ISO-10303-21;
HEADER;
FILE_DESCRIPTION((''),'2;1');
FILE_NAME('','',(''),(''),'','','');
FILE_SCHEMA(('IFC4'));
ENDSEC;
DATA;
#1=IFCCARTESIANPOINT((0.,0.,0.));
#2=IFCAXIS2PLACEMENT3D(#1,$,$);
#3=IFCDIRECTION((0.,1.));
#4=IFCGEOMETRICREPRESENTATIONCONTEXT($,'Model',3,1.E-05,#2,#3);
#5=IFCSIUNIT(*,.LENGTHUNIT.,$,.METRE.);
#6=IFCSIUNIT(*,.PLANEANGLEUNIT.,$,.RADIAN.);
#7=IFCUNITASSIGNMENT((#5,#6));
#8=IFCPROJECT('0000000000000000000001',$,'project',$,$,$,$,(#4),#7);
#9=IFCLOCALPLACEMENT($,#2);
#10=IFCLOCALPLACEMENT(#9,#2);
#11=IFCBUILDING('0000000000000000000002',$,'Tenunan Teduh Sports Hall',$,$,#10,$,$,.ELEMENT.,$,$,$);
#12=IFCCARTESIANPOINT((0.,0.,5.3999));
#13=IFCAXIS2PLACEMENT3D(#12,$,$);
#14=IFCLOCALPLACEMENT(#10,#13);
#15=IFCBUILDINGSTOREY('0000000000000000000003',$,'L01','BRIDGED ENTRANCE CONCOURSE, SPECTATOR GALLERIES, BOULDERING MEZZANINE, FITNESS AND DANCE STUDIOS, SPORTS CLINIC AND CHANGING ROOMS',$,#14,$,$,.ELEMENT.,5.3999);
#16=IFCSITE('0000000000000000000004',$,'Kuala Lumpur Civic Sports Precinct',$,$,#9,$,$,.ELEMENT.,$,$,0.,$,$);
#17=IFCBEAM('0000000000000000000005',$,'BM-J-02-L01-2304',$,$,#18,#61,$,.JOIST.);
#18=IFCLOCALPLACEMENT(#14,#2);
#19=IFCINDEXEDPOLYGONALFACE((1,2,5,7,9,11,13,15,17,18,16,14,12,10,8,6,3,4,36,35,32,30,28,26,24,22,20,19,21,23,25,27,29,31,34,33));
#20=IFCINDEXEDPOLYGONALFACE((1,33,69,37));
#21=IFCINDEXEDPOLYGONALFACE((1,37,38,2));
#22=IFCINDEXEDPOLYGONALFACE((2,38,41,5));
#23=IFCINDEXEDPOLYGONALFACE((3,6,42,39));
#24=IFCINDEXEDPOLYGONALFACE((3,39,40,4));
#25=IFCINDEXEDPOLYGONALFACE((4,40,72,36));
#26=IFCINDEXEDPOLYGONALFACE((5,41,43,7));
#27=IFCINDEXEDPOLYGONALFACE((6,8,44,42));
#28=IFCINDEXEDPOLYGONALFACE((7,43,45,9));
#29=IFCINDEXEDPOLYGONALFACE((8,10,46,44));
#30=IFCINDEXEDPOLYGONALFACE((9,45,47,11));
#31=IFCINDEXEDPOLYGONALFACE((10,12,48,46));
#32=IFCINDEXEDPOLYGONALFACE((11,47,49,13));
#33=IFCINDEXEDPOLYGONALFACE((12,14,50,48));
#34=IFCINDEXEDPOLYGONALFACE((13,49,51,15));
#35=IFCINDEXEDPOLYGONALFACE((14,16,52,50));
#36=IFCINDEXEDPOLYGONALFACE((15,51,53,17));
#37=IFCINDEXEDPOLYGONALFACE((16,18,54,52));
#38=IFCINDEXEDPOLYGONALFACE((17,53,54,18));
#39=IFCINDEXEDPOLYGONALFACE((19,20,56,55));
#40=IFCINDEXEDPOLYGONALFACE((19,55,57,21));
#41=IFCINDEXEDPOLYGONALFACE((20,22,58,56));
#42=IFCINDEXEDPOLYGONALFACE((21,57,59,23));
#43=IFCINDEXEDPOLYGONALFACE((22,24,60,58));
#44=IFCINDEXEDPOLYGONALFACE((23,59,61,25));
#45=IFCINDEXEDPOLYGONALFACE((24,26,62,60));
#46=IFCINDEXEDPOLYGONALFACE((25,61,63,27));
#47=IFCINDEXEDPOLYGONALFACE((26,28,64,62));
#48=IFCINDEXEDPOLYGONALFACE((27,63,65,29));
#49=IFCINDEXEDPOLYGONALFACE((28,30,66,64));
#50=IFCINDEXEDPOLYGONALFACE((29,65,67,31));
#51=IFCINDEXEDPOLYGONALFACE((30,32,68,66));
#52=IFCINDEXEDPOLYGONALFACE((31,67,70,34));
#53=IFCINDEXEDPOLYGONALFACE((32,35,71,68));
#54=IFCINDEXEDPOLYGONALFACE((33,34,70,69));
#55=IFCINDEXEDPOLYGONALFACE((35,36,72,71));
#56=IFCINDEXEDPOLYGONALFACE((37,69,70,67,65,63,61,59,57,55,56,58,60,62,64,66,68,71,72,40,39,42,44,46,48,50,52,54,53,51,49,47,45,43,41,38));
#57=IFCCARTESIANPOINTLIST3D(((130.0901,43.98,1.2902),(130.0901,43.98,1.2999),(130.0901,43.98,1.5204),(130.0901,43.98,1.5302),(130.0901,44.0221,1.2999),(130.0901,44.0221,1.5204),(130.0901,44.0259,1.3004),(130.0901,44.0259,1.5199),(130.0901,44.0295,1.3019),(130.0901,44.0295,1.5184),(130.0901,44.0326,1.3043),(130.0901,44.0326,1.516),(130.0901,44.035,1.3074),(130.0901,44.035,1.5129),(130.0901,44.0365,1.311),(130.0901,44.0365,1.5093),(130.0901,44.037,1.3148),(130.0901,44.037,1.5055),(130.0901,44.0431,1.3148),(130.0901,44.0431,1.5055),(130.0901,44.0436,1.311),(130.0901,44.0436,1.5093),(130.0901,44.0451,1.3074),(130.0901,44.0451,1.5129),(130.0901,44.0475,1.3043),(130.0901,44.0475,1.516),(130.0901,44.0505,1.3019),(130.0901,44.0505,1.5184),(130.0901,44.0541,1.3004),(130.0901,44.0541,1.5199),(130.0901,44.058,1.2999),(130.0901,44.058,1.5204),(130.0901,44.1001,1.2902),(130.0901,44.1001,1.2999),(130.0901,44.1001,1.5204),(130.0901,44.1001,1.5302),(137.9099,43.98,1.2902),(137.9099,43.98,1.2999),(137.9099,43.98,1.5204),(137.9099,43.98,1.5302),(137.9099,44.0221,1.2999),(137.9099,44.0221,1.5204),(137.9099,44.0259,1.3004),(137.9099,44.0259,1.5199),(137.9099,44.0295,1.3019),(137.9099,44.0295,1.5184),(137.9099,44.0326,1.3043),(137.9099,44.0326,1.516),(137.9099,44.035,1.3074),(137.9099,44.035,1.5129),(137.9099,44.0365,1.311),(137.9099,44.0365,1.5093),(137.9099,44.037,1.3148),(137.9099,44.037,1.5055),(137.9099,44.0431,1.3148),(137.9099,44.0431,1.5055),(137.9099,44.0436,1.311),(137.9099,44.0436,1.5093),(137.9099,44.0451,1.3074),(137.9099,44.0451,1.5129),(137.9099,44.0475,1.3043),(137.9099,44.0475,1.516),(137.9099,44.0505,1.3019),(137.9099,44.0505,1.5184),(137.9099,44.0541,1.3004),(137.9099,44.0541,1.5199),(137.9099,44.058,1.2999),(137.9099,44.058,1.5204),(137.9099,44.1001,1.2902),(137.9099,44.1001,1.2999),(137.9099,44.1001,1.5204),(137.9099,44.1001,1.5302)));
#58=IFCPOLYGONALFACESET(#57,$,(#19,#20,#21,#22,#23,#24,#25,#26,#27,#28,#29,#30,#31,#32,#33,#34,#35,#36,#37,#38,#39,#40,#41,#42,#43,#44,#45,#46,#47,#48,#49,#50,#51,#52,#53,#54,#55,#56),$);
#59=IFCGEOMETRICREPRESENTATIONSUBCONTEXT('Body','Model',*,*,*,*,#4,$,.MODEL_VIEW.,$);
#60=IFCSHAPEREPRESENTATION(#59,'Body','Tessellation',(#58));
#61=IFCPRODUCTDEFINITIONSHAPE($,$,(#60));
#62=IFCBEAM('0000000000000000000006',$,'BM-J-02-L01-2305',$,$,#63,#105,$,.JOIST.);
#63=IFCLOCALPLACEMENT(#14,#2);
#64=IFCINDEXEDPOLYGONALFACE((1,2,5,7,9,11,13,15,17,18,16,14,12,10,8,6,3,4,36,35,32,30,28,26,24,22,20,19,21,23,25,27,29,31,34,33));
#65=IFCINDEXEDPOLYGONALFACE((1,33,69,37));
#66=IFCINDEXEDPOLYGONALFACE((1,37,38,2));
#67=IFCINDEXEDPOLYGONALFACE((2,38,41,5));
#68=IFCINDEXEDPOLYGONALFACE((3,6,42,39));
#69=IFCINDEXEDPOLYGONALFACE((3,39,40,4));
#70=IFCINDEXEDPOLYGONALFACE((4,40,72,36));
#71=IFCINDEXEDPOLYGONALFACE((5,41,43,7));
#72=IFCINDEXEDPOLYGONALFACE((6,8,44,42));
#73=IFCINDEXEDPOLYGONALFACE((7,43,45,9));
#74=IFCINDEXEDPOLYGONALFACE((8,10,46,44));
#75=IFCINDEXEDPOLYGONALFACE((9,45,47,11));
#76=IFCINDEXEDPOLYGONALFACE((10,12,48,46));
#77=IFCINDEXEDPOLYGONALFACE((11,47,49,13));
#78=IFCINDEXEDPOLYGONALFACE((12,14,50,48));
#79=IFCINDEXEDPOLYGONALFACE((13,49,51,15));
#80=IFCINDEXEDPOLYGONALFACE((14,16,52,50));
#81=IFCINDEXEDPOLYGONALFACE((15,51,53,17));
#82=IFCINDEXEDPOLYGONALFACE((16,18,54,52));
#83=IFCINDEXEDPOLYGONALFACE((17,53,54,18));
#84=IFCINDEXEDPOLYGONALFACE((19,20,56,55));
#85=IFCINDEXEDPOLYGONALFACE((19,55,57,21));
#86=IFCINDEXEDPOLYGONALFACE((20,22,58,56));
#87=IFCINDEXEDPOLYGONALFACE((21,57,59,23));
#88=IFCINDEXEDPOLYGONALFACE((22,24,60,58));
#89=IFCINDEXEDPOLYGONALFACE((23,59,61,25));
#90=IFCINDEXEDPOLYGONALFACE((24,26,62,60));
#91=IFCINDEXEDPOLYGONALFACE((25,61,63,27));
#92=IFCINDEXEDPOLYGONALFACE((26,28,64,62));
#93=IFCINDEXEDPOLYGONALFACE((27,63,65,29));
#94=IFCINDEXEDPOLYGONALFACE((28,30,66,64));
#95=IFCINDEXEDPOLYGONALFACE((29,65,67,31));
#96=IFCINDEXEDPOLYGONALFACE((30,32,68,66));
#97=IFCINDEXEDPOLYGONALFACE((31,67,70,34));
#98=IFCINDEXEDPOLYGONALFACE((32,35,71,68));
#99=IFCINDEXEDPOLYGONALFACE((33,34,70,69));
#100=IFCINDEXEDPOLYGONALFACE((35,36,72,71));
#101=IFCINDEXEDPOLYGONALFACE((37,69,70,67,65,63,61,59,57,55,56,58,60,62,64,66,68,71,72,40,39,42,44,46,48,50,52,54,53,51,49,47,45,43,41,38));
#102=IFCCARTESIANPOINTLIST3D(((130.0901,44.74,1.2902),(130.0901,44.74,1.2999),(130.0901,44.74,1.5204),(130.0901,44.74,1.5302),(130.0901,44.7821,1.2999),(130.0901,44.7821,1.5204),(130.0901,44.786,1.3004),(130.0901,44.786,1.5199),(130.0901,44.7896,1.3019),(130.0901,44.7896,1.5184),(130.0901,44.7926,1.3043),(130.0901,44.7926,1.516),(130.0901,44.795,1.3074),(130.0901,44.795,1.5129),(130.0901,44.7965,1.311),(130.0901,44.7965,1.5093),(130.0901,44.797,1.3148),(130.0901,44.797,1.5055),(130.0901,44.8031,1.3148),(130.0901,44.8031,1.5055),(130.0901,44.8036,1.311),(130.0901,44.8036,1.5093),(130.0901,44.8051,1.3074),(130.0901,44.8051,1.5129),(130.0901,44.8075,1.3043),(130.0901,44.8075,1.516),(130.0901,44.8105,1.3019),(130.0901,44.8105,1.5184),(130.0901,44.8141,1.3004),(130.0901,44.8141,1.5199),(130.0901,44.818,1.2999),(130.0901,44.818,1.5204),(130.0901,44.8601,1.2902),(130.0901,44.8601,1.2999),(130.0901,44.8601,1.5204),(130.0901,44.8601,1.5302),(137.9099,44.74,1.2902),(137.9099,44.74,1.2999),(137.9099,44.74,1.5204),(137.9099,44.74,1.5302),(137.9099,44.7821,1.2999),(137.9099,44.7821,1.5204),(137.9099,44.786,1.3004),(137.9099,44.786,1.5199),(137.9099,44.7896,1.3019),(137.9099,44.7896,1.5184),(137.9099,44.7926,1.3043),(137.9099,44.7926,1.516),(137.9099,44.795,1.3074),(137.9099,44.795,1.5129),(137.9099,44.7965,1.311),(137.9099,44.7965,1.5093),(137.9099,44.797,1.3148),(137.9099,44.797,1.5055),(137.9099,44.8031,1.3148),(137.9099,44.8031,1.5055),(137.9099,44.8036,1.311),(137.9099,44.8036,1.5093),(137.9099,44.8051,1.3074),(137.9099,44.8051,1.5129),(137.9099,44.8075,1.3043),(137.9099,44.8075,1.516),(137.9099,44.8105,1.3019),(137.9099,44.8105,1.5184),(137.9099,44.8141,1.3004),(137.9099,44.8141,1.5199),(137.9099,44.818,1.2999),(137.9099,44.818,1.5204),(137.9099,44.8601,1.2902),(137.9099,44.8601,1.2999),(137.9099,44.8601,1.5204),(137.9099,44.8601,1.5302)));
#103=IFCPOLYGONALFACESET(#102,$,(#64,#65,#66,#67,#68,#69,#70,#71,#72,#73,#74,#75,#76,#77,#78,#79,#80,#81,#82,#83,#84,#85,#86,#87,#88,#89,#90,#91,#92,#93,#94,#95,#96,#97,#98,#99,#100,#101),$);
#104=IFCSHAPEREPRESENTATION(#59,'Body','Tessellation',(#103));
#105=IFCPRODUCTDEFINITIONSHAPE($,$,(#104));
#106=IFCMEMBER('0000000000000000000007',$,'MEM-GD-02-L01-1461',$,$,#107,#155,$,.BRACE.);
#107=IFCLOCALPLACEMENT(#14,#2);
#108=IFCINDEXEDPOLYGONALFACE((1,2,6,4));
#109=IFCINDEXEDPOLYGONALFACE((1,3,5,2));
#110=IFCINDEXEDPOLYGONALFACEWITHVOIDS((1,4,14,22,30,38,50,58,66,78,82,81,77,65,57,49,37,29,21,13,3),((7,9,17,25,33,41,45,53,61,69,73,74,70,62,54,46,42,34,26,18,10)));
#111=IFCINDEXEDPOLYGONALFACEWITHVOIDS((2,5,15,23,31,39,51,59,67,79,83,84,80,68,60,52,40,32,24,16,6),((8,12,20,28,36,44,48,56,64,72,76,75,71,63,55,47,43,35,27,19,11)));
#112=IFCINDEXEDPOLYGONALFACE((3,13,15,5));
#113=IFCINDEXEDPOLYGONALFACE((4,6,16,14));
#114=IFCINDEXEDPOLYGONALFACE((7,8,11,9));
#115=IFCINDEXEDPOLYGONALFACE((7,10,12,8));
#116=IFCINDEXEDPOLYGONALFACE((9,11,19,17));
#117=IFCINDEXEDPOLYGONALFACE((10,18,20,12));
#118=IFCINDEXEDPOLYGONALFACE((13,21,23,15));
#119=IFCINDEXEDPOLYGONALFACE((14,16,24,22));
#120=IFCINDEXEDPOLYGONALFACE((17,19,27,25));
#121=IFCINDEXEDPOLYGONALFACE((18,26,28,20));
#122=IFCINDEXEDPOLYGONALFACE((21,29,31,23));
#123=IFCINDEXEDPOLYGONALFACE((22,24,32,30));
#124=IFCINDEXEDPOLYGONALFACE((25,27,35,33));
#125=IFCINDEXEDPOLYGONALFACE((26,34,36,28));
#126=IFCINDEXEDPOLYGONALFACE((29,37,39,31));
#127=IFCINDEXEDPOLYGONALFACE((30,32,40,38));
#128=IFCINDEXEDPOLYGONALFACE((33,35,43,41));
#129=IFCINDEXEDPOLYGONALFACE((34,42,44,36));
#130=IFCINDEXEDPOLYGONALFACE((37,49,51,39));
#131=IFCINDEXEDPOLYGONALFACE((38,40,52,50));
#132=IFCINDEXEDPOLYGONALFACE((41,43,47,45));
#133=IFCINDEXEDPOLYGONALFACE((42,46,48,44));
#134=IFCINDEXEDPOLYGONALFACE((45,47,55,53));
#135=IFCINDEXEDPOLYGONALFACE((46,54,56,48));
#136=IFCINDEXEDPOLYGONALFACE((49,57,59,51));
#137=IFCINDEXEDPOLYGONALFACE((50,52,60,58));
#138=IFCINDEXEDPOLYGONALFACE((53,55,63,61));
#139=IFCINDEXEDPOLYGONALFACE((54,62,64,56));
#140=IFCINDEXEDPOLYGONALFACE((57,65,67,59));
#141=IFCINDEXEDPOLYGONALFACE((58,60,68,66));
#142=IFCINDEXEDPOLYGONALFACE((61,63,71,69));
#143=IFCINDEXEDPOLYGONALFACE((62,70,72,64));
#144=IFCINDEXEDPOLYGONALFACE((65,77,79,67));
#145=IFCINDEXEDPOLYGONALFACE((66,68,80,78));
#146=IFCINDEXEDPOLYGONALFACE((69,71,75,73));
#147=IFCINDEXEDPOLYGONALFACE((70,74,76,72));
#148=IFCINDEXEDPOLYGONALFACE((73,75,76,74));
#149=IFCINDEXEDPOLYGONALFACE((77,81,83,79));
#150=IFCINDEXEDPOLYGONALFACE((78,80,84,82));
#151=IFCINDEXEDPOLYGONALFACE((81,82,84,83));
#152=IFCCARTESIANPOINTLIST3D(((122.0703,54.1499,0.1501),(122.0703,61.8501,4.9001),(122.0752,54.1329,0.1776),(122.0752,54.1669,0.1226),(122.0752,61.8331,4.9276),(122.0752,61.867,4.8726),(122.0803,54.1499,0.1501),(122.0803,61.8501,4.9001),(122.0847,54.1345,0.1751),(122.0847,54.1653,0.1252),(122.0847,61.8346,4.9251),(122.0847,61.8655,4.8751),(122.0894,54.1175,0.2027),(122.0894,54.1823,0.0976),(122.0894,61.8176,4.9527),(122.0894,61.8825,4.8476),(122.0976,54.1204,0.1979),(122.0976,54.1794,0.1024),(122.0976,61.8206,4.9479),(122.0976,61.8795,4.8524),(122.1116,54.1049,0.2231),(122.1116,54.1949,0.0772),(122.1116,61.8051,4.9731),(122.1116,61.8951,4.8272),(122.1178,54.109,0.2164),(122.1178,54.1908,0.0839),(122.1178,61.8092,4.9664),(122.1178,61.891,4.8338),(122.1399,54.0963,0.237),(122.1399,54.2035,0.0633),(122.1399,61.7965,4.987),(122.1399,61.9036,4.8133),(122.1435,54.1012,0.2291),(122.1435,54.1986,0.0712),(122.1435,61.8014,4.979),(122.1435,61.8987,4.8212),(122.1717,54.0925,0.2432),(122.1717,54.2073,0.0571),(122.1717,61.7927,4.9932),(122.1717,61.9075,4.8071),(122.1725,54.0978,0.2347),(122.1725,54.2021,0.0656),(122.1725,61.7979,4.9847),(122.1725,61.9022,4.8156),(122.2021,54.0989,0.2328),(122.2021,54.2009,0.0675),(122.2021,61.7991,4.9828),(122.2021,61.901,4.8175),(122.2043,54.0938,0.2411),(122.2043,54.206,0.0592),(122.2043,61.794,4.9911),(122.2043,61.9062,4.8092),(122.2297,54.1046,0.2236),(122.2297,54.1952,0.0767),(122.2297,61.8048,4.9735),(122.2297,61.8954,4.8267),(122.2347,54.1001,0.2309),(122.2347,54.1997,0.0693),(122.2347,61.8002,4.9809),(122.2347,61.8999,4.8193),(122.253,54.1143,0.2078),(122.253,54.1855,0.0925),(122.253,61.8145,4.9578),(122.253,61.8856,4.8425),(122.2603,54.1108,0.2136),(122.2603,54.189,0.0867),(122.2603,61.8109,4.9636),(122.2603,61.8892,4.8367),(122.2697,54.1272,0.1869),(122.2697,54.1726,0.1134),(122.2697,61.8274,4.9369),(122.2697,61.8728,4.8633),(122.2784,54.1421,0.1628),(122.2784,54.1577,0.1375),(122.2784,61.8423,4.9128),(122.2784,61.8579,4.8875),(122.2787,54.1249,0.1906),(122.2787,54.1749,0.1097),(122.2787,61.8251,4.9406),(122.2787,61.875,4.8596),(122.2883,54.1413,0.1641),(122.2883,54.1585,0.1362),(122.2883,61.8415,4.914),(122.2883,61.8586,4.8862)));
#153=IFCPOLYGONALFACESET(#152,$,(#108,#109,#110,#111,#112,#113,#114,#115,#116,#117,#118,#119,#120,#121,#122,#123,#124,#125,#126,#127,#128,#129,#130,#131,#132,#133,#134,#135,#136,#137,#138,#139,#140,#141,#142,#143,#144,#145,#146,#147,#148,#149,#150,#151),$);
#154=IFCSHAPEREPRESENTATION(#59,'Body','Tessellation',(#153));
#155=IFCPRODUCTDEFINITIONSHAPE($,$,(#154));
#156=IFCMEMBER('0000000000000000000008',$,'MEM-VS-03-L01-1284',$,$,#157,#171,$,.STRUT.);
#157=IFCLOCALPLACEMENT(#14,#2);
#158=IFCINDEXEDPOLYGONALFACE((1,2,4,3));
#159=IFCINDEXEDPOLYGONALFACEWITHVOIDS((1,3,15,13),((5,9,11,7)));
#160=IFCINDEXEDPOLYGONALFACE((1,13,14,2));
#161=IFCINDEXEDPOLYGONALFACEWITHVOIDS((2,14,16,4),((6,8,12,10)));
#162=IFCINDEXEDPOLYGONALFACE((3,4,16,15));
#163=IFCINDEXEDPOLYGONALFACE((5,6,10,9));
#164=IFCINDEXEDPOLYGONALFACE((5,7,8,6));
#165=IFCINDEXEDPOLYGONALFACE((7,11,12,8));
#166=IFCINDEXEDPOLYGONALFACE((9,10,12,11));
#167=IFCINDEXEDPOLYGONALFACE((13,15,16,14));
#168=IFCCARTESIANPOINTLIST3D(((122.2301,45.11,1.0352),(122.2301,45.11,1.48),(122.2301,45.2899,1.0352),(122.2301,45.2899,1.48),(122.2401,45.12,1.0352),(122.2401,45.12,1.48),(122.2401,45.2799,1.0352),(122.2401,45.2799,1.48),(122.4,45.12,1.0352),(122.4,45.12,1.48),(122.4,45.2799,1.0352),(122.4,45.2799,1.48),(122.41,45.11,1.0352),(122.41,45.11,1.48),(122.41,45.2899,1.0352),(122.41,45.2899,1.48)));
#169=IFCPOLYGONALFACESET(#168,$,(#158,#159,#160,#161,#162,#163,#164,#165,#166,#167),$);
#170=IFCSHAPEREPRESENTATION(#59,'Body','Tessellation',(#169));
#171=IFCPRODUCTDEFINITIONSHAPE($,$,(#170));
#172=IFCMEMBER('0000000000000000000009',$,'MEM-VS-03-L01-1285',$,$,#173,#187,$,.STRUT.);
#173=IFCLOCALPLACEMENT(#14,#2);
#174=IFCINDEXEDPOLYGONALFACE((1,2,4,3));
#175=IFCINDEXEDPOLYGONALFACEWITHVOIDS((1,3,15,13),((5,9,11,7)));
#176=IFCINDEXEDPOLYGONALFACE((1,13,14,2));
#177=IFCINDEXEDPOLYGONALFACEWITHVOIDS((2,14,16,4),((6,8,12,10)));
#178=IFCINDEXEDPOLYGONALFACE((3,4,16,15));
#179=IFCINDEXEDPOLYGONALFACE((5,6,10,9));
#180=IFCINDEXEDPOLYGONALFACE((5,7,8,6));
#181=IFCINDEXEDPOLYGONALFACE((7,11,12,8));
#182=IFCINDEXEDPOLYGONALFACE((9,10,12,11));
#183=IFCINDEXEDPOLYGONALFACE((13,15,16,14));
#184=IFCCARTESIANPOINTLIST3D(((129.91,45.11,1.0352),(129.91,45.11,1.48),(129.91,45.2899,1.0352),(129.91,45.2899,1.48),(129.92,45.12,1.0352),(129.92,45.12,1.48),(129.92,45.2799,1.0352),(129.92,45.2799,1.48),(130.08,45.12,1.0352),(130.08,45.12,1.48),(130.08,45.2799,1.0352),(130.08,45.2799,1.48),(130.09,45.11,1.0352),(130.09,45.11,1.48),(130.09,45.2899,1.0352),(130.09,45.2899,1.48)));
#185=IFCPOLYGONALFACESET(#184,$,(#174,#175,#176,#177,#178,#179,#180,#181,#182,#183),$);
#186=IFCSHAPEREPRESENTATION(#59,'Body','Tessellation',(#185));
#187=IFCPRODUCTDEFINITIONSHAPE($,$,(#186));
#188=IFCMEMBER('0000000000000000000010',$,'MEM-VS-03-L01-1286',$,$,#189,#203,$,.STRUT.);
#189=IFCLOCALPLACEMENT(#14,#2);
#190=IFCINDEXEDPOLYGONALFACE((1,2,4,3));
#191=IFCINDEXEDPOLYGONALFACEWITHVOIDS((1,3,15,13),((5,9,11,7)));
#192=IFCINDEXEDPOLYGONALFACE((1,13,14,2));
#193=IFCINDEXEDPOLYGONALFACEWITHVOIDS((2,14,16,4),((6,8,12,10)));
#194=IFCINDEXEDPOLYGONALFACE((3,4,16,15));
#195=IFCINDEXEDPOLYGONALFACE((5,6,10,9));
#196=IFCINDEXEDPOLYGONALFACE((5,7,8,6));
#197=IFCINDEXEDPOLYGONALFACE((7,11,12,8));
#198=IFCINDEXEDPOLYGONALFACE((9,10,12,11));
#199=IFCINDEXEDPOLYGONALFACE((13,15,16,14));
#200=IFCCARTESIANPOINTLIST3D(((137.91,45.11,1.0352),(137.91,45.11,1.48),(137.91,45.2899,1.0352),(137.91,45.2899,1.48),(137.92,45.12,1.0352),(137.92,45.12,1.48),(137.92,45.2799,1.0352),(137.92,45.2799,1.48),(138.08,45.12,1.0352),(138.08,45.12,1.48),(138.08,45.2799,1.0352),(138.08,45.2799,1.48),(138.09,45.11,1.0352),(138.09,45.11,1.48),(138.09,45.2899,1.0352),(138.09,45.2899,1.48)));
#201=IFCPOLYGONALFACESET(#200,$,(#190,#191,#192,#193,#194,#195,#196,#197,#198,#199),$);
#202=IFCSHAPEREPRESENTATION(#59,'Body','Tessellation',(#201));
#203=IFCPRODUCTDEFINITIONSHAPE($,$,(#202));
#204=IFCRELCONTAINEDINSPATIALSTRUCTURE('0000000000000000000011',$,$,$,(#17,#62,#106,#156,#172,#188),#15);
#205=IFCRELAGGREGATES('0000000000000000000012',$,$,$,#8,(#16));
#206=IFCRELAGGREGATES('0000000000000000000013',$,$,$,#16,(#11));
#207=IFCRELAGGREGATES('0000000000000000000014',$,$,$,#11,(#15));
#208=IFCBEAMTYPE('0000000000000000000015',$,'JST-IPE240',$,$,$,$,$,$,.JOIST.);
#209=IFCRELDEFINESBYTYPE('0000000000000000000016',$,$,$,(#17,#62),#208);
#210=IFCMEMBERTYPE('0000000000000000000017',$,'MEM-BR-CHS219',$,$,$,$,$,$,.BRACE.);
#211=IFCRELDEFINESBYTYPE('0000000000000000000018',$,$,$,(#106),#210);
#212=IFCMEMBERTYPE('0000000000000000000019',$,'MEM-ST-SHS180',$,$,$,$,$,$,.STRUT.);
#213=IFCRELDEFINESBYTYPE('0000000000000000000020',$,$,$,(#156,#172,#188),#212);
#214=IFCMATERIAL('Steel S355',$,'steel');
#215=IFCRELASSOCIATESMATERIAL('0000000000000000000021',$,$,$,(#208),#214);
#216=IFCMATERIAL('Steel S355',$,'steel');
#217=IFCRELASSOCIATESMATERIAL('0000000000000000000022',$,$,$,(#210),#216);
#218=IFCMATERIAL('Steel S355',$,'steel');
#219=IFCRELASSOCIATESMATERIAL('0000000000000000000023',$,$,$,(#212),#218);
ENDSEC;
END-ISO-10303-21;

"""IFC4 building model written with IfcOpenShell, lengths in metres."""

from ifc_helpers import new_model, si_unit, direction, frame, origin, origin_2d, place, context, subcontext, project, spatial, hollow_rectangle, hollow_circle, i_section, extrude, material, material_profile, profile_set, type_object, element, save


model = new_model("IFC4")

# Units and contexts
model_context = context("Model", 3, precision=1e-05, world=origin(), true_north=direction((0.0, 1.0)))
body_context = subcontext(model_context, "Body", "Model", "MODEL_VIEW")
ifc_project = project(units=[si_unit("LENGTHUNIT", "METRE"), si_unit("PLANEANGLEUNIT", "RADIAN")], contexts=[model_context])

# Site, building, storey
site_placement = place(None, origin())
site = spatial("IfcSite", under=ifc_project, at=site_placement, Name="Kuala Lumpur Civic Sports Precinct", CompositionType="ELEMENT", RefElevation=0.0)
building_placement = place(site_placement, origin())
building = spatial("IfcBuilding", under=site, at=building_placement, Name="Tenunan Teduh Sports Hall", CompositionType="ELEMENT")
storey_placement = place(building_placement, frame((0.0, 0.0, 5.3999)))
storey = spatial("IfcBuildingStorey", under=building, at=storey_placement, Name="L01", Description="BRIDGED ENTRANCE CONCOURSE, SPECTATOR GALLERIES, BOULDERING MEZZANINE, FITNESS AND DANCE STUDIOS, SPORTS CLINIC AND CHANGING ROOMS", CompositionType="ELEMENT", Elevation=5.3999)

# Beams
ifc_material_1 = material(Name="Steel S355", Category="steel")
ifc_material_profile_1 = material_profile(ifc_material_1, i_section(OverallWidth=0.1201, OverallDepth=0.24, WebThickness=0.0061, FlangeThickness=0.0098, FilletRadius=0.0149, at=origin_2d()), Name="IPE 240")
ifc_profile_set_1 = profile_set([ifc_material_profile_1], Name="Steel S355")
beam_type_1 = type_object("IfcBeamType", Name="JST-IPE240", PredefinedType="JOIST", material=ifc_profile_set_1)
for number, where, z_axis, x_axis, name in (
    (1, (130.0901, 44.04, 1.4102), (1.0, 0.0, 0.0), (0.0, 1.0, 0.0), "BM-J-02-L01-2304"),
    (2, (130.0901, 44.8, 1.4102), (1.0, 0.0, 0.0), (0.0, 1.0, 0.0), "BM-J-02-L01-2305"),
):
    element("IfcBeam", number, at=place(storey_placement, frame(where, z_axis=z_axis, x_axis=x_axis)), inside=storey, type_object=beam_type_1, Name=name, PredefinedType="JOIST", context=body_context, shape_type="SweptSolid", body=[
        extrude(i_section(OverallWidth=0.1201, OverallDepth=0.24, WebThickness=0.0061, FlangeThickness=0.0098, FilletRadius=0.0149, at=origin_2d()), origin(), (0.0, 0.0, 1.0), 7.8198),
    ])

# Members
ifc_material_2 = material(Name="Steel S355", Category="steel")
ifc_material_profile_2 = material_profile(ifc_material_2, hollow_circle(Radius=0.1096, WallThickness=0.01, at=origin_2d()), Name="CHS 219.1x10.0")
ifc_profile_set_2 = profile_set([ifc_material_profile_2], Name="Steel S355")
member_type_1 = type_object("IfcMemberType", Name="MEM-BR-CHS219", PredefinedType="BRACE", material=ifc_profile_set_2)
member_1_placement = place(storey_placement, frame((122.1799, 54.1499, 0.1501), z_axis=(0.0, 0.851095, 0.525013), x_axis=(-1.0, 0.0, 0.0)))
element("IfcMember", 3, at=member_1_placement, inside=storey, type_object=member_type_1, Name="MEM-GD-02-L01-1461", PredefinedType="BRACE", context=body_context, shape_type="SweptSolid", body=[
    extrude(hollow_circle(Radius=0.1096, WallThickness=0.01, at=origin_2d()), origin(), (0.0, 0.0, 1.0), 9.0474),
])
ifc_material_3 = material(Name="Steel S355", Category="steel")
ifc_material_profile_3 = material_profile(ifc_material_3, hollow_rectangle(XDim=0.1799, YDim=0.1799, WallThickness=0.01, at=origin_2d()), Name="SHS 180x180x10.0")
ifc_profile_set_3 = profile_set([ifc_material_profile_3], Name="Steel S355")
member_type_2 = type_object("IfcMemberType", Name="MEM-ST-SHS180", PredefinedType="STRUT", material=ifc_profile_set_3)
for number, where, z_axis, x_axis, name in (
    (4, (122.3201, 45.2, 1.0352), (0.0, 0.0, 1.0), (1.0, 0.0, 0.0), "MEM-VS-03-L01-1284"),
    (5, (130.0, 45.2, 1.0352), (0.0, 0.0, 1.0), (1.0, 0.0, 0.0), "MEM-VS-03-L01-1285"),
    (6, (138.0, 45.2, 1.0352), (0.0, 0.0, 1.0), (1.0, 0.0, 0.0), "MEM-VS-03-L01-1286"),
):
    element("IfcMember", number, at=place(storey_placement, frame(where, z_axis=z_axis, x_axis=x_axis)), inside=storey, type_object=member_type_2, Name=name, PredefinedType="STRUT", context=body_context, shape_type="SweptSolid", body=[
        extrude(hollow_rectangle(XDim=0.1799, YDim=0.1799, WallThickness=0.01, at=origin_2d()), origin(), (0.0, 0.0, 1.0), 0.4448),
    ])

save(model, "model.ifc")
